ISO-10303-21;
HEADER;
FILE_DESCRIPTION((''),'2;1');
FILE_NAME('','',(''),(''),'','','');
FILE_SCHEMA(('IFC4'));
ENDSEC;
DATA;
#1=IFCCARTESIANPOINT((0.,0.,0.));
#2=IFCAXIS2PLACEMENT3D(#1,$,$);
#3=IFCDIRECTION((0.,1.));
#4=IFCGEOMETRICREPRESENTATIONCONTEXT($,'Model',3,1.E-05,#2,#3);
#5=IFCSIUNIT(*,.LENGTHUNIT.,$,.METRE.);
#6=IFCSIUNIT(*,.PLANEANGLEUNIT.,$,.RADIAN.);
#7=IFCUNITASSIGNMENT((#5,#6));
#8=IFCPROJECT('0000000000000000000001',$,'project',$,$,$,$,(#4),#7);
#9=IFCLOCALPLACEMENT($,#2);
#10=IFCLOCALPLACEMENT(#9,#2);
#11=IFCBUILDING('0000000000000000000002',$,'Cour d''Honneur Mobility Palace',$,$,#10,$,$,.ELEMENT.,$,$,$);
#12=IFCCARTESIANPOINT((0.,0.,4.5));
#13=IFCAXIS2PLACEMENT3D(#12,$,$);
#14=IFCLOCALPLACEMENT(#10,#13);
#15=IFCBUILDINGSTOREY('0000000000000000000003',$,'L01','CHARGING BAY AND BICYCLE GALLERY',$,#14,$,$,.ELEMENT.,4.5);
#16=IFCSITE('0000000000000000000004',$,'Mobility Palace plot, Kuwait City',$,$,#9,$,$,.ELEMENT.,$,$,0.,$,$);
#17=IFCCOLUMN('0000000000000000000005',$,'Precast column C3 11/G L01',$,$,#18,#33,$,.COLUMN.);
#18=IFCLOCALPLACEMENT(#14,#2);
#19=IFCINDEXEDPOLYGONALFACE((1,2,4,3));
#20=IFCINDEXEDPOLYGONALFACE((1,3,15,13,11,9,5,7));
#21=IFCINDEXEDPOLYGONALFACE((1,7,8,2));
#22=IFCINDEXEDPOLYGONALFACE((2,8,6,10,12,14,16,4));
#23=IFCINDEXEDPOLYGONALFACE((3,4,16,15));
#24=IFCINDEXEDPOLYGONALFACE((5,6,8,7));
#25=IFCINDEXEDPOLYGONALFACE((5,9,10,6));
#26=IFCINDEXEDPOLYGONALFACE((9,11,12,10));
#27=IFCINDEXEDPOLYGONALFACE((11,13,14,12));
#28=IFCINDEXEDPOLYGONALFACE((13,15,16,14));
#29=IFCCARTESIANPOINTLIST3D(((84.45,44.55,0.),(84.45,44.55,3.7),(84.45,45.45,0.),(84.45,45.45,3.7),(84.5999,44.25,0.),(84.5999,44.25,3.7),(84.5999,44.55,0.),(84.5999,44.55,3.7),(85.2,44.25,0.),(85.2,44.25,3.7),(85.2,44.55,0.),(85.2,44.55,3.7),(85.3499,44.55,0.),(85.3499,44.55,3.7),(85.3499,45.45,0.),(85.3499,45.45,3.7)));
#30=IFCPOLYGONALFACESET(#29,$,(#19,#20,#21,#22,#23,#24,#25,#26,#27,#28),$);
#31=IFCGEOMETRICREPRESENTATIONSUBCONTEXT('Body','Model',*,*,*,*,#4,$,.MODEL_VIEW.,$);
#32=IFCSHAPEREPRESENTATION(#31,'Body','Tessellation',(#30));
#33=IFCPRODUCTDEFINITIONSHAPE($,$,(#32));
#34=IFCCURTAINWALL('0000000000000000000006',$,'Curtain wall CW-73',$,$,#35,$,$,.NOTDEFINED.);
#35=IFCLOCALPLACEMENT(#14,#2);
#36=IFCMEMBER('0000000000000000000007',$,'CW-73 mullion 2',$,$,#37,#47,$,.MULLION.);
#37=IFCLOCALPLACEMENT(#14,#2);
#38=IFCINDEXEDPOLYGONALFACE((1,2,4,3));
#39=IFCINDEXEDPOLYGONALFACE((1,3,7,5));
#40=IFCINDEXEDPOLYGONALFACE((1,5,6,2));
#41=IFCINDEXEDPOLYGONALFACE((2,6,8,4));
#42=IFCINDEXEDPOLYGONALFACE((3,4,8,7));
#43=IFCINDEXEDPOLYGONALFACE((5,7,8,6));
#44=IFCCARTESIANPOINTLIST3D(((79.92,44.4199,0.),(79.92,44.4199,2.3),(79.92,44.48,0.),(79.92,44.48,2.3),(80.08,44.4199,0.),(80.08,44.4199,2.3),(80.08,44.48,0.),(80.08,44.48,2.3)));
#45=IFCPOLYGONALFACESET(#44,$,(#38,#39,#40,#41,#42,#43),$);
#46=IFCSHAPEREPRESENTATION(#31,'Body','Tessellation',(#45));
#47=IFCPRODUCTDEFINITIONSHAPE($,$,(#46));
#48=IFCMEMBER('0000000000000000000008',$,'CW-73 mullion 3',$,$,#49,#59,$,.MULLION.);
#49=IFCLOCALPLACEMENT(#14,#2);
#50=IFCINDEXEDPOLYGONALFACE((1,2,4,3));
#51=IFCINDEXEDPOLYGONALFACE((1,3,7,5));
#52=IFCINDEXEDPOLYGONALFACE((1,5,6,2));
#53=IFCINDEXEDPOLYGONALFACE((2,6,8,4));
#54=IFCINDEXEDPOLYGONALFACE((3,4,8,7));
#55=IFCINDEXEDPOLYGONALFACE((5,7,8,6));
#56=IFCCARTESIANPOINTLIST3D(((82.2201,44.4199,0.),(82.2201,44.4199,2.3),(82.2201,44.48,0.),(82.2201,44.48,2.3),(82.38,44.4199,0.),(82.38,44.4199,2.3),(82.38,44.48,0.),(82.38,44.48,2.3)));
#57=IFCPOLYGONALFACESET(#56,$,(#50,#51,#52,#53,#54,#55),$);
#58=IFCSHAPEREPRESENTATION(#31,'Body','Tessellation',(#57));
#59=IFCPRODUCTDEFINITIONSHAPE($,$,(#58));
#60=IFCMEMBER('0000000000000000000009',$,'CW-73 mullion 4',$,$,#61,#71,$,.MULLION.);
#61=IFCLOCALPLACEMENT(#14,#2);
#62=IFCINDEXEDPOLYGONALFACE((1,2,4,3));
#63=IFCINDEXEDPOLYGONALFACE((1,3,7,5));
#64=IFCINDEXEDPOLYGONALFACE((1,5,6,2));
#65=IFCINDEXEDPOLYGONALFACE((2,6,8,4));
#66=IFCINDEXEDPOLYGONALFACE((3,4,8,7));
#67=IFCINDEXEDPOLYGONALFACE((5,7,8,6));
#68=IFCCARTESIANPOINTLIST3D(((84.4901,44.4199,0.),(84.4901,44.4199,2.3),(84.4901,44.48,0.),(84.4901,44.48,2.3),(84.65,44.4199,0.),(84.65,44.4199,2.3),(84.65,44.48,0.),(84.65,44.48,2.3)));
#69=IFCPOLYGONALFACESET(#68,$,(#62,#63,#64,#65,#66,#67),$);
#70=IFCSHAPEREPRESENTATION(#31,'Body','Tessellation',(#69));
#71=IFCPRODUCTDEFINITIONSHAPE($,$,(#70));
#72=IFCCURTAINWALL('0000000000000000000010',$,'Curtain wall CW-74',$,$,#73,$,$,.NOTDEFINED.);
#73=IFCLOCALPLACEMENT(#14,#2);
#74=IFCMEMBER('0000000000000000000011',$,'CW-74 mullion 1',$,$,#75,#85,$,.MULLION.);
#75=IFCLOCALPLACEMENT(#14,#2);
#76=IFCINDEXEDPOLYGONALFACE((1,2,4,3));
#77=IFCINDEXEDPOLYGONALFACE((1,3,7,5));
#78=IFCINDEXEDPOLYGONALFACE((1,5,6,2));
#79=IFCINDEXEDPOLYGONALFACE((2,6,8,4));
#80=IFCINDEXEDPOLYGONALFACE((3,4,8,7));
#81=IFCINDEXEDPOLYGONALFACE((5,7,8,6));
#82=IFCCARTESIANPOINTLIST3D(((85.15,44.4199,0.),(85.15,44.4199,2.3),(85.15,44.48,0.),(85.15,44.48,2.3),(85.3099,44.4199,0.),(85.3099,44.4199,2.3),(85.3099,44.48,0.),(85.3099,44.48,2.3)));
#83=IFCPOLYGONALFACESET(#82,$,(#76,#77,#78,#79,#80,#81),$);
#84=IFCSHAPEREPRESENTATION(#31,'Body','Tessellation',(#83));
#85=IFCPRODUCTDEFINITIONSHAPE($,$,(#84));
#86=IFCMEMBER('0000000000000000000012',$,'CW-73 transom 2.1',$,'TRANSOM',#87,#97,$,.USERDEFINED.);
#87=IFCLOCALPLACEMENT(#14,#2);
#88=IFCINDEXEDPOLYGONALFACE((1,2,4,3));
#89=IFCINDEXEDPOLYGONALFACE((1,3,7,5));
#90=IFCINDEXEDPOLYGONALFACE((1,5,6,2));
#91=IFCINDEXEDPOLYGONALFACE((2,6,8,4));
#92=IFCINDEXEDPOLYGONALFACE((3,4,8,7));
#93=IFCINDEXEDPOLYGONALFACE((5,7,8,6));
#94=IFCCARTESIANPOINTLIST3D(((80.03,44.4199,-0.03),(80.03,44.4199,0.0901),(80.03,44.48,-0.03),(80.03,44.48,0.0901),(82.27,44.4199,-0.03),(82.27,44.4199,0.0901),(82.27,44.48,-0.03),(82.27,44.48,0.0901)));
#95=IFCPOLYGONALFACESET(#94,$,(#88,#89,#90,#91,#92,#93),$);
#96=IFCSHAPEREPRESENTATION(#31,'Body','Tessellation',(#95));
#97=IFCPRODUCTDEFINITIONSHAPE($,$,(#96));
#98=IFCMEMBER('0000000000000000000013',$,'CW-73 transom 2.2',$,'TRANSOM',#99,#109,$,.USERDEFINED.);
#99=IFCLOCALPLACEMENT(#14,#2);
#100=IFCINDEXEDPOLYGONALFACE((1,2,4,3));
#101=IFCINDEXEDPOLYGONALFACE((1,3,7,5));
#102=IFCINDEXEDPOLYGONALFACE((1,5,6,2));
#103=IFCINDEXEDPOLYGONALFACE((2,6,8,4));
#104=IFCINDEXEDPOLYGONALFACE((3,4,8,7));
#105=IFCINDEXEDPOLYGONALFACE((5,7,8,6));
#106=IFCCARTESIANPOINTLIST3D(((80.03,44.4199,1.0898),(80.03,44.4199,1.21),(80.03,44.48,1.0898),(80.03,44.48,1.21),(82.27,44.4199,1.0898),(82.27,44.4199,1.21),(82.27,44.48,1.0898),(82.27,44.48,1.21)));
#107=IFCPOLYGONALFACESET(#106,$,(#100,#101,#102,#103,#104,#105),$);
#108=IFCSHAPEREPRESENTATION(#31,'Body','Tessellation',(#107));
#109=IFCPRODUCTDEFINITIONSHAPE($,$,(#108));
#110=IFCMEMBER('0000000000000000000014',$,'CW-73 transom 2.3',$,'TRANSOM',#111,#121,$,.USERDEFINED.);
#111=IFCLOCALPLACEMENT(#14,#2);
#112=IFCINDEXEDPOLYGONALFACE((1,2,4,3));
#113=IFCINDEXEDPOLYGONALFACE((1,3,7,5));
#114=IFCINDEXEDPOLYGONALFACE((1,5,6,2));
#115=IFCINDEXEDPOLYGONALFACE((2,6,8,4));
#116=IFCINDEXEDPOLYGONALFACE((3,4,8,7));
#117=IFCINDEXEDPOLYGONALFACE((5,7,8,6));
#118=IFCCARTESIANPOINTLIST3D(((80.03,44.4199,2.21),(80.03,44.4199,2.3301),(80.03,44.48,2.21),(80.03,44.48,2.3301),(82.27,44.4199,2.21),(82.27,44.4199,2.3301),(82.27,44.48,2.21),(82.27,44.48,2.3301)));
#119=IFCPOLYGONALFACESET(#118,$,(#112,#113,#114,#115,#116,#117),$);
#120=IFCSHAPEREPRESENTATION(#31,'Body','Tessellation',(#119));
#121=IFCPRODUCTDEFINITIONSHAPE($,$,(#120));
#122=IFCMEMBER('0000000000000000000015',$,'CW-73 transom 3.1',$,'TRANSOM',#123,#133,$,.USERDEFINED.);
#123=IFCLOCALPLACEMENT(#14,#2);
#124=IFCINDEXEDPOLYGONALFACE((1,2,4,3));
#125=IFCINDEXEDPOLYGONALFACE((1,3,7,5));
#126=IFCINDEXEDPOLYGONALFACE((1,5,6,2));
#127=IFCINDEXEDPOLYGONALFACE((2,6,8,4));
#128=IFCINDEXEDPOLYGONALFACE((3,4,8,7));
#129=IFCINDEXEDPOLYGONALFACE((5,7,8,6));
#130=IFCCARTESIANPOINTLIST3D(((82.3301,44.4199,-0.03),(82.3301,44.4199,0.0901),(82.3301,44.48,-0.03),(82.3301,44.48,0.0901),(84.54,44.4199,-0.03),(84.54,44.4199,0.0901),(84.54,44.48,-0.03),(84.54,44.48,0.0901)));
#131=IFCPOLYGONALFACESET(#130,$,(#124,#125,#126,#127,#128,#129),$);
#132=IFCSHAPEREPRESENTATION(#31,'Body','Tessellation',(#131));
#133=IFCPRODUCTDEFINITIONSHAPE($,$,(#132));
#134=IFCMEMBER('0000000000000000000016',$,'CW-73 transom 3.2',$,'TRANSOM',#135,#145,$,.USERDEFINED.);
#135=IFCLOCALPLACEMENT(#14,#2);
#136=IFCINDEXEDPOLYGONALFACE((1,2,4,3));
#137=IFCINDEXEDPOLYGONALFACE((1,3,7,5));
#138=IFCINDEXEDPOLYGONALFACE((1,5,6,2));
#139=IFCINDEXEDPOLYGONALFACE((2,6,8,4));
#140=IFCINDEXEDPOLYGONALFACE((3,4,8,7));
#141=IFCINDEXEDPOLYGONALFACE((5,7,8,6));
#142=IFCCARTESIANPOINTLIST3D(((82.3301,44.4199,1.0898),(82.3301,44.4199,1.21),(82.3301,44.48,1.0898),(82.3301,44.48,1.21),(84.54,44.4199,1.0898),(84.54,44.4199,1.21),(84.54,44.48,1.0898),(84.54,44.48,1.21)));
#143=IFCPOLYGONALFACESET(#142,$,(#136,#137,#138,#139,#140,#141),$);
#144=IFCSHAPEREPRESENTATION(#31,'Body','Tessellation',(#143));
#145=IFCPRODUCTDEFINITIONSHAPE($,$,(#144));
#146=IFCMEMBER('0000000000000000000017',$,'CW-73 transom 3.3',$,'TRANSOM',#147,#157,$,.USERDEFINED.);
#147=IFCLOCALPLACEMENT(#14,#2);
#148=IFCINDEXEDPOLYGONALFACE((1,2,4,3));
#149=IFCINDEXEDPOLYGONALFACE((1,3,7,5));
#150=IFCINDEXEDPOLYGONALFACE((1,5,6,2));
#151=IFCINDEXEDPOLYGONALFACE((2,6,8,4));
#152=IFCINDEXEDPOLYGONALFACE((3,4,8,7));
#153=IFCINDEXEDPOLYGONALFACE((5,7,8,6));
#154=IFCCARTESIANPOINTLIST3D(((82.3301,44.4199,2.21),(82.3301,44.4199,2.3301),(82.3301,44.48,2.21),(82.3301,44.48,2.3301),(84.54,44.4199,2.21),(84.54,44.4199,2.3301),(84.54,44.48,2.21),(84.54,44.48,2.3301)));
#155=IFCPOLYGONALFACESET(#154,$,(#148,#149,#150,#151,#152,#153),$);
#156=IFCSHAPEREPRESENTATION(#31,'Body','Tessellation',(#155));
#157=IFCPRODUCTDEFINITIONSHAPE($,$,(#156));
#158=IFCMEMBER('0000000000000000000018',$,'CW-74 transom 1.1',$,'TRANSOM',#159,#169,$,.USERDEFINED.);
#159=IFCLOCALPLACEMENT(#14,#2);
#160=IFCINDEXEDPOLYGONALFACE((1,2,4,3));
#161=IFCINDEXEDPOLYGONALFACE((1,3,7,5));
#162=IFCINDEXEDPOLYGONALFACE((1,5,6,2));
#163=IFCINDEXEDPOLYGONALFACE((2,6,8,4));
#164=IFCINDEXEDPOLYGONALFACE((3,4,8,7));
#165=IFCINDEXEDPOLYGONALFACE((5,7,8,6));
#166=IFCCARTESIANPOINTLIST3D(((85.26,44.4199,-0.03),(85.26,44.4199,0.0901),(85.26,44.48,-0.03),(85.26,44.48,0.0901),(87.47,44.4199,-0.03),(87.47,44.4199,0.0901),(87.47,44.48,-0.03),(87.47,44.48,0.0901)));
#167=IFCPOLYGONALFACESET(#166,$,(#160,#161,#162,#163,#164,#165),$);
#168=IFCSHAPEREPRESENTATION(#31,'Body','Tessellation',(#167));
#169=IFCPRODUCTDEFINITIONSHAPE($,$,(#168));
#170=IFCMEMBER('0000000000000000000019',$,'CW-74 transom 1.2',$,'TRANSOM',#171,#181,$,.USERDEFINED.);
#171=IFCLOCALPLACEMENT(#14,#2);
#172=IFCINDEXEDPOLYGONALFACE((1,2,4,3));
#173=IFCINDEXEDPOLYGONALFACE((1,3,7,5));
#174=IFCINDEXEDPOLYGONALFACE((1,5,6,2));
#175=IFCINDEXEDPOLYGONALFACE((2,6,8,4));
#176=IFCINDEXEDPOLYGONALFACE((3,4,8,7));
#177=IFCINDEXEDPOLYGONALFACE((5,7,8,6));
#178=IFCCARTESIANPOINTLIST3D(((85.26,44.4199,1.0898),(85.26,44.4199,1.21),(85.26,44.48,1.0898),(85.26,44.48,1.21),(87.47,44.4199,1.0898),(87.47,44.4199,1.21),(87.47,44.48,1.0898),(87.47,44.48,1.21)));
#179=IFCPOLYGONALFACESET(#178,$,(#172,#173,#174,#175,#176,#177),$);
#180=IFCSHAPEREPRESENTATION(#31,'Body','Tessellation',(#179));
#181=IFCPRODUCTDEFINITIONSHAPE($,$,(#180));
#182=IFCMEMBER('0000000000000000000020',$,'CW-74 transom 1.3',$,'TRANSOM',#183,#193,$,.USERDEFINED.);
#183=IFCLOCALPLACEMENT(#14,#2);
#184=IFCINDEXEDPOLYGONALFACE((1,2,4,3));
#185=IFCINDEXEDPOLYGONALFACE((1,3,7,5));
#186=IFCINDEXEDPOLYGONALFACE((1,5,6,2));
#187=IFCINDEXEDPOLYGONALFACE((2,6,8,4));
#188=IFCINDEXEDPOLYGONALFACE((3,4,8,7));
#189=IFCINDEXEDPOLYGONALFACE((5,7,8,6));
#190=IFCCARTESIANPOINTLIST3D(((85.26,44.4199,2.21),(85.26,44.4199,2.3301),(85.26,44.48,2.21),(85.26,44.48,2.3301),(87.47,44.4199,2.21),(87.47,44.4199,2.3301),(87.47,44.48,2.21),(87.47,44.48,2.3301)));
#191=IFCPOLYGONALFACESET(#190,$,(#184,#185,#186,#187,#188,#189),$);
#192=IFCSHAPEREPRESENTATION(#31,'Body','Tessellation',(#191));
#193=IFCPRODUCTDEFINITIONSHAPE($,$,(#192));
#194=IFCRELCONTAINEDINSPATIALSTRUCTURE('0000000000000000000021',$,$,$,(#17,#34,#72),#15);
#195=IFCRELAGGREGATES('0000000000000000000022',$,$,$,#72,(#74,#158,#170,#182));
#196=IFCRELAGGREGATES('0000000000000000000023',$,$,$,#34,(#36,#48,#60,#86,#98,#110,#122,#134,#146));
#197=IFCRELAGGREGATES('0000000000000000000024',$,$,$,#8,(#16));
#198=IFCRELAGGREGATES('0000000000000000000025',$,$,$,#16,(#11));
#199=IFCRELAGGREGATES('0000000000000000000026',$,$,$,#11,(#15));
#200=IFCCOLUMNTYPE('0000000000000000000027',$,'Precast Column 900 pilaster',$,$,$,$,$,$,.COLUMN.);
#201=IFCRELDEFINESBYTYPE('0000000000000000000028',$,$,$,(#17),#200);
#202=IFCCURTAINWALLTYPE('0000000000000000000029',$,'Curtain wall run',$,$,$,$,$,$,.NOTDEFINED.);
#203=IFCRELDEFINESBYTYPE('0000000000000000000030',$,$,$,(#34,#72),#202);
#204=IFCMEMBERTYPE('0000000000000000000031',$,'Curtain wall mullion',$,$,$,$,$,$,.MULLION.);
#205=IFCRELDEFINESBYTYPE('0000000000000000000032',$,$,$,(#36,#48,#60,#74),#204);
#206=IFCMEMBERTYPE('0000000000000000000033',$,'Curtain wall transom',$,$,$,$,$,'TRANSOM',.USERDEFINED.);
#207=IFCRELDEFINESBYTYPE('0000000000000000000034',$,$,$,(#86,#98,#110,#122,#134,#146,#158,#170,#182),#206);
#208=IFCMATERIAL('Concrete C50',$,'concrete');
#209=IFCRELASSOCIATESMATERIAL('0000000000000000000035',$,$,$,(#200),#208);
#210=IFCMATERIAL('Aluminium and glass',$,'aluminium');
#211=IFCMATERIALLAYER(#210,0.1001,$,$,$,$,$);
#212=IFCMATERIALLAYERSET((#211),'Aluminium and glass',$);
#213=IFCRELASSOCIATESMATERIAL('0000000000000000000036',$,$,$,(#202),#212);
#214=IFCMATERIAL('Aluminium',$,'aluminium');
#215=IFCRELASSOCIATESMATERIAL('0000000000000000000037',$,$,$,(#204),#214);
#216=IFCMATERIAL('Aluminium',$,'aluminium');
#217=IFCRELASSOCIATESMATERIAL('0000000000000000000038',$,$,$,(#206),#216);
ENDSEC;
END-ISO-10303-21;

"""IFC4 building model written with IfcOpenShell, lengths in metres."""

from ifc_helpers import new_model, si_unit, direction, frame, origin, origin_2d, place, context, subcontext, project, spatial, polyline, rectangle, outline, extrude, material, layer, layer_set, material_profile, profile_set, type_object, element, aggregate, save


model = new_model("IFC4")

# Units and contexts
model_context = context("Model", 3, precision=1e-05, world=origin(), true_north=direction((0.0, 1.0)))
body_context = subcontext(model_context, "Body", "Model", "MODEL_VIEW")
ifc_project = project(units=[si_unit("LENGTHUNIT", "METRE"), si_unit("PLANEANGLEUNIT", "RADIAN")], contexts=[model_context])

# Site, building, storey
site_placement = place(None, origin())
site = spatial("IfcSite", under=ifc_project, at=site_placement, Name="Mobility Palace plot, Kuwait City", CompositionType="ELEMENT", RefElevation=0.0)
building_placement = place(site_placement, origin())
building = spatial("IfcBuilding", under=site, at=building_placement, Name="Cour d'Honneur Mobility Palace", CompositionType="ELEMENT")
storey_placement = place(building_placement, frame((0.0, 0.0, 4.5)))
storey = spatial("IfcBuildingStorey", under=building, at=storey_placement, Name="L01", Description="CHARGING BAY AND BICYCLE GALLERY", CompositionType="ELEMENT", Elevation=4.5)

# Column
ifc_material_1 = material(Name="Concrete C50", Category="concrete")
ifc_material_profile_1 = material_profile(ifc_material_1, outline(polyline([(-0.45, -0.45), (0.45, -0.45), (0.45, -0.3), (0.75, -0.3), (0.75, 0.3), (0.45, 0.3), (0.45, 0.45), (-0.45, 0.45), (-0.45, -0.45)])), Name="PC C900 pilaster")
ifc_profile_set_1 = profile_set([ifc_material_profile_1], Name="Concrete C50")
column_type = type_object("IfcColumnType", Name="Precast Column 900 pilaster", PredefinedType="COLUMN", material=ifc_profile_set_1)
column_placement = place(storey_placement, frame((84.8999, 45.0, 0.0), z_axis=(0.0, 0.0, 1.0), x_axis=(0.0, -1.0, 0.0)))
element("IfcColumn", 1, at=column_placement, inside=storey, type_object=column_type, Name="Precast column C3 11/G L01", PredefinedType="COLUMN", context=body_context, shape_type="SweptSolid", body=[
    extrude(outline(polyline([(-0.45, -0.45), (0.45, -0.45), (0.45, -0.3), (0.75, -0.3), (0.75, 0.3), (0.45, 0.3), (0.45, 0.45), (-0.45, 0.45), (-0.45, -0.45)])), origin(), (0.0, 0.0, 1.0), 3.7),
])

# Curtain wall, members
ifc_material_2 = material(Name="Aluminium and glass", Category="aluminium")
ifc_layer_1 = layer(ifc_material_2, 0.1001)
ifc_layer_set_1 = layer_set([ifc_layer_1], Name="Aluminium and glass")
curtain_wall_type = type_object("IfcCurtainWallType", Name="Curtain wall run", PredefinedType="NOTDEFINED", material=ifc_layer_set_1)
curtain_wall_1_placement = place(storey_placement, origin())
curtain_wall_1 = element("IfcCurtainWall", 2, at=curtain_wall_1_placement, inside=storey, type_object=curtain_wall_type, Name="Curtain wall CW-73", PredefinedType="NOTDEFINED")
ifc_material_3 = material(Name="Aluminium", Category="aluminium")
ifc_material_profile_2 = material_profile(ifc_material_3, rectangle(XDim=0.0601, YDim=0.1599, at=origin_2d()), Name="Curtain wall mullion")
ifc_profile_set_2 = profile_set([ifc_material_profile_2], Name="Aluminium")
member_type_1 = type_object("IfcMemberType", Name="Curtain wall mullion", PredefinedType="MULLION", material=ifc_profile_set_2)
member_1_placement = place(storey_placement, frame((80.0, 44.45, 0.0), z_axis=(0.0, 0.0, 1.0), x_axis=(0.0, 1.0, 0.0)))
member_1 = element("IfcMember", 3, at=member_1_placement, type_object=member_type_1, Name="CW-73 mullion 2", PredefinedType="MULLION", context=body_context, shape_type="SweptSolid", body=[
    extrude(rectangle(XDim=0.0601, YDim=0.1599, at=origin_2d()), origin(), (0.0, 0.0, 1.0), 2.3),
])
member_2_placement = place(storey_placement, frame((82.3, 44.45, 0.0), z_axis=(0.0, 0.0, 1.0), x_axis=(0.0, 1.0, 0.0)))
member_2 = element("IfcMember", 4, at=member_2_placement, type_object=member_type_1, Name="CW-73 mullion 3", PredefinedType="MULLION", context=body_context, shape_type="SweptSolid", body=[
    extrude(rectangle(XDim=0.0601, YDim=0.1599, at=origin_2d()), origin(), (0.0, 0.0, 1.0), 2.3),
])
member_3_placement = place(storey_placement, frame((84.5701, 44.45, 0.0), z_axis=(0.0, 0.0, 1.0), x_axis=(0.0, 1.0, 0.0)))
member_3 = element("IfcMember", 5, at=member_3_placement, type_object=member_type_1, Name="CW-73 mullion 4", PredefinedType="MULLION", context=body_context, shape_type="SweptSolid", body=[
    extrude(rectangle(XDim=0.0601, YDim=0.1599, at=origin_2d()), origin(), (0.0, 0.0, 1.0), 2.3),
])

# Curtain wall, member
curtain_wall_2_placement = place(storey_placement, origin())
curtain_wall_2 = element("IfcCurtainWall", 6, at=curtain_wall_2_placement, inside=storey, type_object=curtain_wall_type, Name="Curtain wall CW-74", PredefinedType="NOTDEFINED")
member_4_placement = place(storey_placement, frame((85.23, 44.45, 0.0), z_axis=(0.0, 0.0, 1.0), x_axis=(0.0, 1.0, 0.0)))
member_4 = element("IfcMember", 7, at=member_4_placement, type_object=member_type_1, Name="CW-74 mullion 1", PredefinedType="MULLION", context=body_context, shape_type="SweptSolid", body=[
    extrude(rectangle(XDim=0.0601, YDim=0.1599, at=origin_2d()), origin(), (0.0, 0.0, 1.0), 2.3),
])

# Members
ifc_material_4 = material(Name="Aluminium", Category="aluminium")
ifc_material_profile_3 = material_profile(ifc_material_4, rectangle(XDim=0.0601, YDim=0.1201, at=origin_2d()), Name="Curtain wall transom")
ifc_profile_set_3 = profile_set([ifc_material_profile_3], Name="Aluminium")
member_type_2 = type_object("IfcMemberType", Name="Curtain wall transom", ElementType="TRANSOM", PredefinedType="USERDEFINED", material=ifc_profile_set_3)
member_5_placement = place(storey_placement, frame((80.03, 44.45, 0.03), z_axis=(1.0, 0.0, 0.0), x_axis=(0.0, 1.0, 0.0)))
member_5 = element("IfcMember", 8, at=member_5_placement, type_object=member_type_2, Name="CW-73 transom 2.1", ObjectType="TRANSOM", PredefinedType="USERDEFINED", context=body_context, shape_type="SweptSolid", body=[
    extrude(rectangle(XDim=0.0601, YDim=0.1201, at=origin_2d()), origin(), (0.0, 0.0, 1.0), 2.24),
])
member_6_placement = place(storey_placement, frame((80.03, 44.45, 1.1499), z_axis=(1.0, 0.0, 0.0), x_axis=(0.0, 1.0, 0.0)))
member_6 = element("IfcMember", 9, at=member_6_placement, type_object=member_type_2, Name="CW-73 transom 2.2", ObjectType="TRANSOM", PredefinedType="USERDEFINED", context=body_context, shape_type="SweptSolid", body=[
    extrude(rectangle(XDim=0.0601, YDim=0.1201, at=origin_2d()), origin(), (0.0, 0.0, 1.0), 2.24),
])
member_7_placement = place(storey_placement, frame((80.03, 44.45, 2.27), z_axis=(1.0, 0.0, 0.0), x_axis=(0.0, 1.0, 0.0)))
member_7 = element("IfcMember", 10, at=member_7_placement, type_object=member_type_2, Name="CW-73 transom 2.3", ObjectType="TRANSOM", PredefinedType="USERDEFINED", context=body_context, shape_type="SweptSolid", body=[
    extrude(rectangle(XDim=0.0601, YDim=0.1201, at=origin_2d()), origin(), (0.0, 0.0, 1.0), 2.24),
])
member_8_placement = place(storey_placement, frame((82.3301, 44.45, 0.03), z_axis=(1.0, 0.0, 0.0), x_axis=(0.0, 1.0, 0.0)))
member_8 = element("IfcMember", 11, at=member_8_placement, type_object=member_type_2, Name="CW-73 transom 3.1", ObjectType="TRANSOM", PredefinedType="USERDEFINED", context=body_context, shape_type="SweptSolid", body=[
    extrude(rectangle(XDim=0.0601, YDim=0.1201, at=origin_2d()), origin(), (0.0, 0.0, 1.0), 2.21),
])
member_9_placement = place(storey_placement, frame((82.3301, 44.45, 1.1499), z_axis=(1.0, 0.0, 0.0), x_axis=(0.0, 1.0, 0.0)))
member_9 = element("IfcMember", 12, at=member_9_placement, type_object=member_type_2, Name="CW-73 transom 3.2", ObjectType="TRANSOM", PredefinedType="USERDEFINED", context=body_context, shape_type="SweptSolid", body=[
    extrude(rectangle(XDim=0.0601, YDim=0.1201, at=origin_2d()), origin(), (0.0, 0.0, 1.0), 2.21),
])
member_10_placement = place(storey_placement, frame((82.3301, 44.45, 2.27), z_axis=(1.0, 0.0, 0.0), x_axis=(0.0, 1.0, 0.0)))
member_10 = element("IfcMember", 13, at=member_10_placement, type_object=member_type_2, Name="CW-73 transom 3.3", ObjectType="TRANSOM", PredefinedType="USERDEFINED", context=body_context, shape_type="SweptSolid", body=[
    extrude(rectangle(XDim=0.0601, YDim=0.1201, at=origin_2d()), origin(), (0.0, 0.0, 1.0), 2.21),
])
member_11_placement = place(storey_placement, frame((85.26, 44.45, 0.03), z_axis=(1.0, 0.0, 0.0), x_axis=(0.0, 1.0, 0.0)))
member_11 = element("IfcMember", 14, at=member_11_placement, type_object=member_type_2, Name="CW-74 transom 1.1", ObjectType="TRANSOM", PredefinedType="USERDEFINED", context=body_context, shape_type="SweptSolid", body=[
    extrude(rectangle(XDim=0.0601, YDim=0.1201, at=origin_2d()), origin(), (0.0, 0.0, 1.0), 2.21),
])
member_12_placement = place(storey_placement, frame((85.26, 44.45, 1.1499), z_axis=(1.0, 0.0, 0.0), x_axis=(0.0, 1.0, 0.0)))
member_12 = element("IfcMember", 15, at=member_12_placement, type_object=member_type_2, Name="CW-74 transom 1.2", ObjectType="TRANSOM", PredefinedType="USERDEFINED", context=body_context, shape_type="SweptSolid", body=[
    extrude(rectangle(XDim=0.0601, YDim=0.1201, at=origin_2d()), origin(), (0.0, 0.0, 1.0), 2.21),
])
member_13_placement = place(storey_placement, frame((85.26, 44.45, 2.27), z_axis=(1.0, 0.0, 0.0), x_axis=(0.0, 1.0, 0.0)))
member_13 = element("IfcMember", 16, at=member_13_placement, type_object=member_type_2, Name="CW-74 transom 1.3", ObjectType="TRANSOM", PredefinedType="USERDEFINED", context=body_context, shape_type="SweptSolid", body=[
    extrude(rectangle(XDim=0.0601, YDim=0.1201, at=origin_2d()), origin(), (0.0, 0.0, 1.0), 2.21),
])
aggregate(curtain_wall_2, [member_4, member_11, member_12, member_13])

aggregate(curtain_wall_1, [member_1, member_2, member_3, member_5, member_6, member_7, member_8, member_9, member_10])

save(model, "model.ifc")
